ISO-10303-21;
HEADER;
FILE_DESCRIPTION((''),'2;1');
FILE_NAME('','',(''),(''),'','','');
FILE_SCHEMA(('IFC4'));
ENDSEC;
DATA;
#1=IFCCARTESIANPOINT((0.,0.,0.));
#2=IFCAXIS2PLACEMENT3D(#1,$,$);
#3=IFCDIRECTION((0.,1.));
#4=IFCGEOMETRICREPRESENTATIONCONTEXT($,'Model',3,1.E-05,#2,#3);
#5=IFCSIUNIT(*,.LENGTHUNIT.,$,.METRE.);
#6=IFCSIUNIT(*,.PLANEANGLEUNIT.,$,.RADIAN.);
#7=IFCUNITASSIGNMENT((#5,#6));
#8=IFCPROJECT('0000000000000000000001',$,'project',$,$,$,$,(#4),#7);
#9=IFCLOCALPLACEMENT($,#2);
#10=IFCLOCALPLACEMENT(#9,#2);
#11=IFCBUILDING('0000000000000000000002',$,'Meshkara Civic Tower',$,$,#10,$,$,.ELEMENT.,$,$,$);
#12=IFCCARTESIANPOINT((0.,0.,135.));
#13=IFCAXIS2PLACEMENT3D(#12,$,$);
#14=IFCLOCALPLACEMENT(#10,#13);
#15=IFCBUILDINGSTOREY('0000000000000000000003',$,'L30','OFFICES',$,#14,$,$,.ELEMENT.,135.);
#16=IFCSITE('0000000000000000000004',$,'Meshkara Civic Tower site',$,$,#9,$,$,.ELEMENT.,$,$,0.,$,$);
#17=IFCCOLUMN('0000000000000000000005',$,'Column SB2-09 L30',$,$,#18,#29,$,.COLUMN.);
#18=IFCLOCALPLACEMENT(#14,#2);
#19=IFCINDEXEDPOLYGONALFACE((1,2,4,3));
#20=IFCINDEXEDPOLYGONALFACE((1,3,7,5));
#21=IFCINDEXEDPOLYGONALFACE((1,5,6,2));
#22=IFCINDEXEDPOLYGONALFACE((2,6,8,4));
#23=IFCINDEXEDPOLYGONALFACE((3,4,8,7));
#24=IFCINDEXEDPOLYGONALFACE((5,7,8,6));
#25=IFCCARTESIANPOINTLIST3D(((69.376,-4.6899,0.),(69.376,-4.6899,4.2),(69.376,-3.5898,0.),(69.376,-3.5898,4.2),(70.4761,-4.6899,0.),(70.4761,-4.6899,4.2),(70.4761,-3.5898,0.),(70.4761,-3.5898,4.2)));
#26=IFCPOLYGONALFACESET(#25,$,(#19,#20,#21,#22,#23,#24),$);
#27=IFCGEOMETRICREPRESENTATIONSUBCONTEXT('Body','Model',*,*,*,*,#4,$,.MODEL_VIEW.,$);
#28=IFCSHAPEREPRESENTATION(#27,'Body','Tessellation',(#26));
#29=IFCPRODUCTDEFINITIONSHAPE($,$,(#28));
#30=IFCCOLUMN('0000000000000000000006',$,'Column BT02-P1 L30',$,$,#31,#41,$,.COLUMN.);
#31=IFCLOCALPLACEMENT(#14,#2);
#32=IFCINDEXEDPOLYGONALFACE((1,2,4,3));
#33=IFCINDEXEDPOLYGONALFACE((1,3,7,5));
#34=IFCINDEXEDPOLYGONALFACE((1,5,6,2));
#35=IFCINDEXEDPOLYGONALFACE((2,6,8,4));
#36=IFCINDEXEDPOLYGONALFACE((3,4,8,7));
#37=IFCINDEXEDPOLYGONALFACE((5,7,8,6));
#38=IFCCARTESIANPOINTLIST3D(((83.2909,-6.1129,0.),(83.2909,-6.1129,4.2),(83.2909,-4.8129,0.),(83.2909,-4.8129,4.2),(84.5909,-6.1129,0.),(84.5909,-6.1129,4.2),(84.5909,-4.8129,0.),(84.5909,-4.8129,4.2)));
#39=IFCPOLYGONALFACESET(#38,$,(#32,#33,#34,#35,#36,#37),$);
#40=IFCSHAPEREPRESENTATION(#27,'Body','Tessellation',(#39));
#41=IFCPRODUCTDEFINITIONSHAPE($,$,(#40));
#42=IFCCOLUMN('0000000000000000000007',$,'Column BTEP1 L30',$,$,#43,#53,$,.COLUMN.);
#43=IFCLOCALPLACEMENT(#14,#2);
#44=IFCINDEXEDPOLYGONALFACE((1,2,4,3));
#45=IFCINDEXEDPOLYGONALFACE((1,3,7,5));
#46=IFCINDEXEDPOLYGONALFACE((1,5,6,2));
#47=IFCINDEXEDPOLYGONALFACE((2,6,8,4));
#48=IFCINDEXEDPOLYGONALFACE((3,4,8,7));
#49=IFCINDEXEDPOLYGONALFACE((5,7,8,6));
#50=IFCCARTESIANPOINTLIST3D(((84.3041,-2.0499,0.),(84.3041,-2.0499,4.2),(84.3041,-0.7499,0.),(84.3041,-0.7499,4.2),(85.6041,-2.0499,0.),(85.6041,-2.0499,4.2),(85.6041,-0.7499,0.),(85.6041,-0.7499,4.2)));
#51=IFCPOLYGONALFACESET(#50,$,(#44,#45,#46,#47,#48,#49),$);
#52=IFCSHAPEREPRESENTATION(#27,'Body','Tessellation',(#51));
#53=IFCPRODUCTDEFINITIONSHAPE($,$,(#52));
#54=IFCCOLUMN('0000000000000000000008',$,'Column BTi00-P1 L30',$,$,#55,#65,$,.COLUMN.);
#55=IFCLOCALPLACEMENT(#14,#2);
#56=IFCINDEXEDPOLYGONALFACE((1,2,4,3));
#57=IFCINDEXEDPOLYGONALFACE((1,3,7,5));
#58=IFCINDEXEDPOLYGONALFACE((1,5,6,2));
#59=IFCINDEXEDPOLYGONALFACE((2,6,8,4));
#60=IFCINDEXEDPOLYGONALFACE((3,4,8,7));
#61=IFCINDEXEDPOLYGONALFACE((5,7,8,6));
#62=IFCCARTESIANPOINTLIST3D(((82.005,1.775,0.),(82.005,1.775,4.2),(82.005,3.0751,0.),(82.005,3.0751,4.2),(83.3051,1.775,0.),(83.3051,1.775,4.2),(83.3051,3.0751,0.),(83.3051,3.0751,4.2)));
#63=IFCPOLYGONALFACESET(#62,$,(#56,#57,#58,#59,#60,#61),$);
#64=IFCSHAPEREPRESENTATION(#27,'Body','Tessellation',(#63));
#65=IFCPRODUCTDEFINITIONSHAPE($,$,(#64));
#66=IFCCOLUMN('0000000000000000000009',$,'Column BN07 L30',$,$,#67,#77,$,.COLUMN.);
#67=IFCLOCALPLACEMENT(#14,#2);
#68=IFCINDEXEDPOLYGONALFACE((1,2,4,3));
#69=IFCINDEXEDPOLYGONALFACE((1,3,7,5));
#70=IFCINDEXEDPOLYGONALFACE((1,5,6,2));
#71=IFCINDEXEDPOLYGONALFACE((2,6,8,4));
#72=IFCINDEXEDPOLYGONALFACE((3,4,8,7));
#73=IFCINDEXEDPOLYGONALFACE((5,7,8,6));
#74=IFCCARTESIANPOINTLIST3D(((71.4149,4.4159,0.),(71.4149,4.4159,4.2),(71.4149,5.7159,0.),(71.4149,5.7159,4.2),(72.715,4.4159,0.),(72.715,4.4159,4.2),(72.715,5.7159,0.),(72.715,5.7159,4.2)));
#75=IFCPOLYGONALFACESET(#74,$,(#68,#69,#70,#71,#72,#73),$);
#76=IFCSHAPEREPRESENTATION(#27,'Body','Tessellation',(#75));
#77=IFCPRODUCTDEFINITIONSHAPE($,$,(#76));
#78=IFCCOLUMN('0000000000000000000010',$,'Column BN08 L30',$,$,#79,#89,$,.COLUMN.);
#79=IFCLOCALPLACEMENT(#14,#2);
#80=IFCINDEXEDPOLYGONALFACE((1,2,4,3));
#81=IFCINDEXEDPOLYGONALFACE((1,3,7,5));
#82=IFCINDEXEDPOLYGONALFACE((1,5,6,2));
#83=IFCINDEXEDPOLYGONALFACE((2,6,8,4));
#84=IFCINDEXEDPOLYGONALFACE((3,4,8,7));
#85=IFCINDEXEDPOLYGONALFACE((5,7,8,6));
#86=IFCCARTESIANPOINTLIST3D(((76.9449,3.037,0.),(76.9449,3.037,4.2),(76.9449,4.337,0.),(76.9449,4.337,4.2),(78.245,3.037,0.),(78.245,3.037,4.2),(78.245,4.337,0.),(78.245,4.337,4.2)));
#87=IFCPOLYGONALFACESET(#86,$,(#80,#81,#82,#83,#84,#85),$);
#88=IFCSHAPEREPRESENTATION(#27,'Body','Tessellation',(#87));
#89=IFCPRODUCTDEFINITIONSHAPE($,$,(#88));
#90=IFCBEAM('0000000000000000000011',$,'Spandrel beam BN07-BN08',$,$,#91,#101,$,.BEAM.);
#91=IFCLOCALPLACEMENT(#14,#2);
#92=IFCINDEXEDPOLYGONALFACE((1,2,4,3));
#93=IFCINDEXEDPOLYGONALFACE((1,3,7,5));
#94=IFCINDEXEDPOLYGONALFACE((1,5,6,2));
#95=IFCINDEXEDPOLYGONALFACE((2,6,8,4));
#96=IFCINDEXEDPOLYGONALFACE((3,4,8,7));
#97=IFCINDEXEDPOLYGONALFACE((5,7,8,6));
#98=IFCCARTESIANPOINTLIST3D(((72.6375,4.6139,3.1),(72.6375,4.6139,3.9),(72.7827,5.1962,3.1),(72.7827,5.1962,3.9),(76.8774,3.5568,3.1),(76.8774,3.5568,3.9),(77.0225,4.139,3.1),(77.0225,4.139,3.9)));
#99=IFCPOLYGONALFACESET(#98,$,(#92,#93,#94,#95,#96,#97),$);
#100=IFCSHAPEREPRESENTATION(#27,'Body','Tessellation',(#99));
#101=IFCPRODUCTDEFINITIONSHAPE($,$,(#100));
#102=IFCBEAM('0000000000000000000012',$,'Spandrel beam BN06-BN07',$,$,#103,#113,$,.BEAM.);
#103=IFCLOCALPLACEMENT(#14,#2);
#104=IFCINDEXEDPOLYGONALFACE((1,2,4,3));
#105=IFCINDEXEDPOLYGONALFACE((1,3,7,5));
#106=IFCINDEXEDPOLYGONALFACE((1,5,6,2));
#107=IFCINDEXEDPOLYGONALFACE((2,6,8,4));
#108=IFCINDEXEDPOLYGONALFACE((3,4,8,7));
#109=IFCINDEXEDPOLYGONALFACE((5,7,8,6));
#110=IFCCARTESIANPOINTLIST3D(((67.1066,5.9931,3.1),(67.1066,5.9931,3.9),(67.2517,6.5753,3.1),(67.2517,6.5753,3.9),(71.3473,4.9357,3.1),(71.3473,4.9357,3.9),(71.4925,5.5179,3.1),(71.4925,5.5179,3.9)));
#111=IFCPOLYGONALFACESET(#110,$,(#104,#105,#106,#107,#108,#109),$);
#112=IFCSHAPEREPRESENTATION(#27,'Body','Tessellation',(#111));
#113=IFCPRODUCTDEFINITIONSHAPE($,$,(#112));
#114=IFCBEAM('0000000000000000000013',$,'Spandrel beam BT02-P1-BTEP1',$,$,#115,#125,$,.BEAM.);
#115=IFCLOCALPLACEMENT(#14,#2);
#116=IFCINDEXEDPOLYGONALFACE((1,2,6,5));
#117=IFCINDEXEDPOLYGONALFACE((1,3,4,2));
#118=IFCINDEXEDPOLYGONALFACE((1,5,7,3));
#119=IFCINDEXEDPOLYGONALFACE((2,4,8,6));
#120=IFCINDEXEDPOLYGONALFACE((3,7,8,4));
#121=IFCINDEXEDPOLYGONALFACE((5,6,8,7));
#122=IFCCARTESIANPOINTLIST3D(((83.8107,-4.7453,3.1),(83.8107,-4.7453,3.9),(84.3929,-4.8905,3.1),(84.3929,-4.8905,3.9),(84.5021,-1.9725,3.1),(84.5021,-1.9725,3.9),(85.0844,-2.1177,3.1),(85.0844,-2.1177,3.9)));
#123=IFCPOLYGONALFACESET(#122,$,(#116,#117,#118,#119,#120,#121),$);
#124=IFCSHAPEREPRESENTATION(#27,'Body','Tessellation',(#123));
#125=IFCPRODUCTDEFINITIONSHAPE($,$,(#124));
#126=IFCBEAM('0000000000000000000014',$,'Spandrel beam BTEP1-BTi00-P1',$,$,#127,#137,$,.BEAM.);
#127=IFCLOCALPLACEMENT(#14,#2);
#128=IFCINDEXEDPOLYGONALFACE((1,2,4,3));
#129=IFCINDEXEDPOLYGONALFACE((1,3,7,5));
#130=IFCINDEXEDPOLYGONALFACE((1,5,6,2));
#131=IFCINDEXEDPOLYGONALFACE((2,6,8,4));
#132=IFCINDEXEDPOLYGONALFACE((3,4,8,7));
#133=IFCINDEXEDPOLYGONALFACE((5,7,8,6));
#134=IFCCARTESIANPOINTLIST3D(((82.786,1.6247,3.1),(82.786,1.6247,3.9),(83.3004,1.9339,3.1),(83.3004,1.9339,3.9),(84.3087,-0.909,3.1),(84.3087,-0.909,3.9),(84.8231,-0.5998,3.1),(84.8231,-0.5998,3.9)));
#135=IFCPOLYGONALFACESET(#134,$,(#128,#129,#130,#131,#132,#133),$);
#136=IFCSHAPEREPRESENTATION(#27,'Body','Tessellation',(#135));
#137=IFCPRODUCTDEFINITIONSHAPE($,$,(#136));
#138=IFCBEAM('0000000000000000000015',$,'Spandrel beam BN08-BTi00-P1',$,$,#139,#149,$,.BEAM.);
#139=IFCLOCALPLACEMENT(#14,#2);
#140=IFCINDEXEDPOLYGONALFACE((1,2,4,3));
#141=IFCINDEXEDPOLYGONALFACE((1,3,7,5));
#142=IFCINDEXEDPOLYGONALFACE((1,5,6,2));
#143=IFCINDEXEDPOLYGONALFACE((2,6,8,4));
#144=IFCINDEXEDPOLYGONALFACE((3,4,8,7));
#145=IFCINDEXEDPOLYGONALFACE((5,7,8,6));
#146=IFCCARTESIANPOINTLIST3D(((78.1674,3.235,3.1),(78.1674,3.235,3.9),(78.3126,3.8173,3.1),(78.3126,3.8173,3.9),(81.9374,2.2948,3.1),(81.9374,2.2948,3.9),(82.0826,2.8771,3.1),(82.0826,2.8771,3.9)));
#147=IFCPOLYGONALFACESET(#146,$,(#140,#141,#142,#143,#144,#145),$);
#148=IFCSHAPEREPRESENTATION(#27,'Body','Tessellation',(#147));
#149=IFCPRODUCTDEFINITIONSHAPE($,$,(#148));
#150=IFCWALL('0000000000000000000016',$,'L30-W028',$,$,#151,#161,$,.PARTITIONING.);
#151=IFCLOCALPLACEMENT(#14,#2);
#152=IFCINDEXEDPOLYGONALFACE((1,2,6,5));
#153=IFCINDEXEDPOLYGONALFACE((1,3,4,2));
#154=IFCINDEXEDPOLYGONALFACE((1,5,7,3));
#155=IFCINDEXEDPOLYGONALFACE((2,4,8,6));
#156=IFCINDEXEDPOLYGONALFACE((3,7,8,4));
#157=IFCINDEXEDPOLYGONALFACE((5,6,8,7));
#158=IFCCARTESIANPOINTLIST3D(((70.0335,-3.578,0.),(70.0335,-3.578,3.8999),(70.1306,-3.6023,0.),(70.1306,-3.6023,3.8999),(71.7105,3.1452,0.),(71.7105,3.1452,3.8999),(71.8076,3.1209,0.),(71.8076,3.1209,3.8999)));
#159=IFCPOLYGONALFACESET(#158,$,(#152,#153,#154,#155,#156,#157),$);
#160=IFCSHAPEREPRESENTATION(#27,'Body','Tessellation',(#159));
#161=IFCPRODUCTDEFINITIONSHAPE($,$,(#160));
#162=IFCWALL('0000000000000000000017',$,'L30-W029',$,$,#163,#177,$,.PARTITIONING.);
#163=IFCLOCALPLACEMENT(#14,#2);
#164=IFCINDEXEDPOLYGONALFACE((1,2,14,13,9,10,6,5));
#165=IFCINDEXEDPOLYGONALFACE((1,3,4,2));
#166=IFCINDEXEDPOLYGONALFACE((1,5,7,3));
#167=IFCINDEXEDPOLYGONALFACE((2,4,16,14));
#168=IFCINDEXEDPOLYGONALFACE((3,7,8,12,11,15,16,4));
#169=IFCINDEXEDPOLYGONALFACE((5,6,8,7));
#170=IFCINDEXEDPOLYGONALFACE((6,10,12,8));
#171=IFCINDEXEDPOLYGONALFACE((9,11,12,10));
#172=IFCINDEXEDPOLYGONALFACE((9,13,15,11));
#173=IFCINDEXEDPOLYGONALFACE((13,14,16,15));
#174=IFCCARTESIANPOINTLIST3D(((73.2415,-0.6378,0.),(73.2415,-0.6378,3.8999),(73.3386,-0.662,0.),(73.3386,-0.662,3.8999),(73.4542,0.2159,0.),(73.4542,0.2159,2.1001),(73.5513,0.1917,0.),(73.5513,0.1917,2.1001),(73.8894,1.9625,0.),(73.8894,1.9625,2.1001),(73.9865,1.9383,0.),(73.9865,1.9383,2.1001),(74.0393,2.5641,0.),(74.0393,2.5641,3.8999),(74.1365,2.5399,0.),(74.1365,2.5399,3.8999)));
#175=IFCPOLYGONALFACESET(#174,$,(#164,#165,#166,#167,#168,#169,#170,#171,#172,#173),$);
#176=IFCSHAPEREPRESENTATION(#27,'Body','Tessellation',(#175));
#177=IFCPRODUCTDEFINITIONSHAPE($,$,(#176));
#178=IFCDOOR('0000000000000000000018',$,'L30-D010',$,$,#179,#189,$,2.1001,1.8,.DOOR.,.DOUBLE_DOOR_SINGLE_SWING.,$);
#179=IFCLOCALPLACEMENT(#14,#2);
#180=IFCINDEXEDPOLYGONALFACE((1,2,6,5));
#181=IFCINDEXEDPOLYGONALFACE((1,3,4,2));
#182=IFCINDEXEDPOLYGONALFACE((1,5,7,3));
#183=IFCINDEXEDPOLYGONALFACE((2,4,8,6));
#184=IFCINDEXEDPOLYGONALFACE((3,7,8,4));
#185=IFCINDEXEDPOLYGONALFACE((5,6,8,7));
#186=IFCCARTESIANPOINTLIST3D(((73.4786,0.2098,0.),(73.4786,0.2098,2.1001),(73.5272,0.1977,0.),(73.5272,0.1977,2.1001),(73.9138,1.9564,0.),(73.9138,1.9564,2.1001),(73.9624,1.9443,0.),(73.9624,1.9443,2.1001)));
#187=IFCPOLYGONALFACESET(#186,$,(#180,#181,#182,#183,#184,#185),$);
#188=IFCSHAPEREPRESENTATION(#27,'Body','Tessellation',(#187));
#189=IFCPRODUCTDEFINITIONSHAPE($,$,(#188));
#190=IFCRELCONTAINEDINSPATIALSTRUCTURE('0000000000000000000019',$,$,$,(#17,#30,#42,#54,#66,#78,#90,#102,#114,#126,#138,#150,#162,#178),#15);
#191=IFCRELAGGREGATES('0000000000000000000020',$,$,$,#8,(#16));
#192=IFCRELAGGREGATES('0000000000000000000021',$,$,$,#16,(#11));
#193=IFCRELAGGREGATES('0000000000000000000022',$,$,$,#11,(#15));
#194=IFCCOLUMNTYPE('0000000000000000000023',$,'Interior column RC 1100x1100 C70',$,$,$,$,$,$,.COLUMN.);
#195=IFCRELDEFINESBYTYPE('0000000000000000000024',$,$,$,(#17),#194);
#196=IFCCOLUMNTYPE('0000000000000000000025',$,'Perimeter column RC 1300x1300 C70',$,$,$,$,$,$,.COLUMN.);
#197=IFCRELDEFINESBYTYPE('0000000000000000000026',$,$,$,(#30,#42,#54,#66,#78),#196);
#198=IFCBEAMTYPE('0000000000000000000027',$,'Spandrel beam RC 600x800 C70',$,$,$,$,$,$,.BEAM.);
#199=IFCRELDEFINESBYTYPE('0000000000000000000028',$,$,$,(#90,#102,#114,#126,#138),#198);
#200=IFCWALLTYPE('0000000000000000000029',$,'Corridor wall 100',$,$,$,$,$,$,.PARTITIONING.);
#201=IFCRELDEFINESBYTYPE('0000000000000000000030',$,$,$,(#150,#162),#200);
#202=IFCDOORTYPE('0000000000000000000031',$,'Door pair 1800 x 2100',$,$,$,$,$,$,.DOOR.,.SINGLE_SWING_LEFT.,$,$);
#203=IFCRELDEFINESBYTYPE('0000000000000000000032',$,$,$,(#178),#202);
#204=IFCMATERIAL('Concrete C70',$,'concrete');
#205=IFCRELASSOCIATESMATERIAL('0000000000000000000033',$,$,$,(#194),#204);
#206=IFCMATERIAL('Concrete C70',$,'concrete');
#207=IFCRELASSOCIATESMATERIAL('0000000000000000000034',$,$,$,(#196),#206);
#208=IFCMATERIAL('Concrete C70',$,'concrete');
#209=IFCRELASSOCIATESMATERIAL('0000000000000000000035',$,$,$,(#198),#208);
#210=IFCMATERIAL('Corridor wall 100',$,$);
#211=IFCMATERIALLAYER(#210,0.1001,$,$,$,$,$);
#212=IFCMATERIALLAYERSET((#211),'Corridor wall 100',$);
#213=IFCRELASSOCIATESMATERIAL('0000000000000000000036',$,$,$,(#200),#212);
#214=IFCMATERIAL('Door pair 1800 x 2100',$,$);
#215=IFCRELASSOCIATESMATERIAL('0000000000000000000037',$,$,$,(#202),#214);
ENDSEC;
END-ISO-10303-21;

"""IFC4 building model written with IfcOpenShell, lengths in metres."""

from ifc_helpers import new_model, si_unit, direction, frame, frame_2d, origin, origin_2d, place, context, subcontext, project, spatial, rectangle, extrude, material, layer, layer_set, material_profile, profile_set, type_object, element, fill, save


model = new_model("IFC4")

# Units and contexts
model_context = context("Model", 3, precision=1e-05, world=origin(), true_north=direction((0.0, 1.0)))
body_context = subcontext(model_context, "Body", "Model", "MODEL_VIEW")
ifc_project = project(units=[si_unit("LENGTHUNIT", "METRE"), si_unit("PLANEANGLEUNIT", "RADIAN")], contexts=[model_context])

# Site, building, storey
site_placement = place(None, origin())
site = spatial("IfcSite", under=ifc_project, at=site_placement, Name="Meshkara Civic Tower site", CompositionType="ELEMENT", RefElevation=0.0)
building_placement = place(site_placement, origin())
building = spatial("IfcBuilding", under=site, at=building_placement, Name="Meshkara Civic Tower", CompositionType="ELEMENT")
storey_placement = place(building_placement, frame((0.0, 0.0, 135.0)))
storey = spatial("IfcBuildingStorey", under=building, at=storey_placement, Name="L30", Description="OFFICES", CompositionType="ELEMENT", Elevation=135.0)

# Columns
ifc_material_1 = material(Name="Concrete C70", Category="concrete")
ifc_material_profile_1 = material_profile(ifc_material_1, rectangle(XDim=1.1001, YDim=1.1001, at=origin_2d()))
ifc_profile_set_1 = profile_set([ifc_material_profile_1], Name="Concrete C70")
column_type_1 = type_object("IfcColumnType", Name="Interior column RC 1100x1100 C70", PredefinedType="COLUMN", material=ifc_profile_set_1)
column_placement = place(storey_placement, frame((69.926, -4.1399, 0.0), z_axis=(0.0, 0.0, 1.0), x_axis=(1.0, 0.0, 0.0)))
element("IfcColumn", 1, at=column_placement, inside=storey, type_object=column_type_1, Name="Column SB2-09 L30", PredefinedType="COLUMN", context=body_context, shape_type="SweptSolid", body=[
    extrude(rectangle(XDim=1.1001, YDim=1.1001, at=origin_2d()), origin(), (0.0, 0.0, 1.0), 4.2),
])
ifc_material_2 = material(Name="Concrete C70", Category="concrete")
ifc_material_profile_2 = material_profile(ifc_material_2, rectangle(XDim=1.3, YDim=1.3, at=origin_2d()))
ifc_profile_set_2 = profile_set([ifc_material_profile_2], Name="Concrete C70")
column_type_2 = type_object("IfcColumnType", Name="Perimeter column RC 1300x1300 C70", PredefinedType="COLUMN", material=ifc_profile_set_2)
for number, where, z_axis, x_axis, name in (
    (2, (83.9409, -5.4629, 0.0), (0.0, 0.0, 1.0), (1.0, 0.0, 0.0), "Column BT02-P1 L30"),
    (3, (84.9541, -1.3999, 0.0), (0.0, 0.0, 1.0), (1.0, 0.0, 0.0), "Column BTEP1 L30"),
    (4, (82.655, 2.425, 0.0), (0.0, 0.0, 1.0), (1.0, 0.0, 0.0), "Column BTi00-P1 L30"),
    (5, (72.0649, 5.0659, 0.0), (0.0, 0.0, 1.0), (1.0, 0.0, 0.0), "Column BN07 L30"),
    (6, (77.595, 3.687, 0.0), (0.0, 0.0, 1.0), (1.0, 0.0, 0.0), "Column BN08 L30"),
):
    element("IfcColumn", number, at=place(storey_placement, frame(where, z_axis=z_axis, x_axis=x_axis)), inside=storey, type_object=column_type_2, Name=name, PredefinedType="COLUMN", context=body_context, shape_type="SweptSolid", body=[
        extrude(rectangle(XDim=1.3, YDim=1.3, at=origin_2d()), origin(), (0.0, 0.0, 1.0), 4.2),
    ])

# Beams
ifc_material_3 = material(Name="Concrete C70", Category="concrete")
ifc_material_profile_3 = material_profile(ifc_material_3, rectangle(XDim=0.6001, YDim=0.8, at=origin_2d()))
ifc_profile_set_3 = profile_set([ifc_material_profile_3], Name="Concrete C70")
beam_type = type_object("IfcBeamType", Name="Spandrel beam RC 600x800 C70", PredefinedType="BEAM", material=ifc_profile_set_3)
beam_1_placement = place(storey_placement, frame((76.95, 3.8479, 3.5), z_axis=(-0.970293, 0.241931, 0.0), x_axis=(-0.241931, -0.970293, 0.0)))
element("IfcBeam", 7, at=beam_1_placement, inside=storey, type_object=beam_type, Name="Spandrel beam BN07-BN08", PredefinedType="BEAM", context=body_context, shape_type="SweptSolid", body=[
    extrude(rectangle(XDim=0.6001, YDim=0.8, at=origin_2d()), origin(), (0.0, 0.0, 1.0), 4.3696),
])
beam_2_placement = place(storey_placement, frame((71.4199, 5.2268, 3.5), z_axis=(-0.970293, 0.241931, 0.0), x_axis=(-0.241931, -0.970293, 0.0)))
element("IfcBeam", 8, at=beam_2_placement, inside=storey, type_object=beam_type, Name="Spandrel beam BN06-BN07", PredefinedType="BEAM", context=body_context, shape_type="SweptSolid", body=[
    extrude(rectangle(XDim=0.6001, YDim=0.8, at=origin_2d()), origin(), (0.0, 0.0, 1.0), 4.3706),
])
beam_3_placement = place(storey_placement, frame((84.1018, -4.8179, 3.5), z_axis=(0.241953, 0.970288, 0.0), x_axis=(-0.970288, 0.241953, 0.0)))
element("IfcBeam", 9, at=beam_3_placement, inside=storey, type_object=beam_type, Name="Spandrel beam BT02-P1-BTEP1", PredefinedType="BEAM", context=body_context, shape_type="SweptSolid", body=[
    extrude(rectangle(XDim=0.6001, YDim=0.8, at=origin_2d()), origin(), (0.0, 0.0, 1.0), 2.8577),
])
beam_4_placement = place(storey_placement, frame((84.5659, -0.7544, 3.5), z_axis=(-0.515115, 0.857121, 0.0), x_axis=(-0.857121, -0.515115, 0.0)))
element("IfcBeam", 10, at=beam_4_placement, inside=storey, type_object=beam_type, Name="Spandrel beam BTEP1-BTi00-P1", PredefinedType="BEAM", context=body_context, shape_type="SweptSolid", body=[
    extrude(rectangle(XDim=0.6001, YDim=0.8, at=origin_2d()), origin(), (0.0, 0.0, 1.0), 2.9561),
])
beam_5_placement = place(storey_placement, frame((82.01, 2.5859, 3.5), z_axis=(-0.970283, 0.241974, 0.0), x_axis=(-0.241974, -0.970283, 0.0)))
element("IfcBeam", 11, at=beam_5_placement, inside=storey, type_object=beam_type, Name="Spandrel beam BN08-BTi00-P1", PredefinedType="BEAM", context=body_context, shape_type="SweptSolid", body=[
    extrude(rectangle(XDim=0.6001, YDim=0.8, at=origin_2d()), origin(), (0.0, 0.0, 1.0), 3.8855),
])

# Wall
ifc_material_4 = material(Name="Corridor wall 100")
ifc_layer_1 = layer(ifc_material_4, 0.1001)
ifc_layer_set_1 = layer_set([ifc_layer_1], Name="Corridor wall 100")
wall_type_1 = type_object("IfcWallType", Name="Corridor wall 100", PredefinedType="PARTITIONING", material=ifc_layer_set_1)
wall_1_placement = place(storey_placement, frame((71.759, 3.1331, 0.0), z_axis=(0.0, 0.0, 1.0), x_axis=(-0.242022, -0.970271, 0.0)))
element("IfcWall", 12, at=wall_1_placement, inside=storey, type_object=wall_type_1, Name="L30-W028", PredefinedType="PARTITIONING", context=body_context, shape_type="SweptSolid", body=[
    extrude(rectangle(XDim=6.9292, YDim=0.1001, at=frame_2d((3.4646, 0.0))), origin(), (0.0, 0.0, 1.0), 3.8999),
])

# Wall, opening, door
wall_2_placement = place(storey_placement, frame((73.29, -0.6499, 0.0), z_axis=(0.0, 0.0, 1.0), x_axis=(0.241787, 0.970329, 0.0)))
wall_2 = element("IfcWall", 13, at=wall_2_placement, inside=storey, type_object=wall_type_1, Name="L30-W029", PredefinedType="PARTITIONING", context=body_context, shape_type="SweptSolid", body=[
    extrude(rectangle(XDim=3.2998, YDim=0.1001, at=frame_2d((1.6499, 0.0))), origin(), (0.0, 0.0, 1.0), 3.8999),
])
opening_1_placement = place(wall_2_placement, frame((0.8799, 0.0, 0.0)))
opening_1 = element("IfcOpeningElement", 14, at=opening_1_placement, cuts=wall_2, PredefinedType="OPENING", context=body_context, shape_type="SweptSolid", body=[
    extrude(rectangle(XDim=1.8, YDim=2.1001, at=frame_2d((0.8999, 1.05))), frame((0.0, 0.0601, 0.0), z_axis=(0.0, -1.0, 0.0), x_axis=(1.0, 0.0, 0.0)), (0.0, 0.0, 1.0), 0.1201),
])
ifc_material_5 = material(Name="Door pair 1800 x 2100")
door_type = type_object("IfcDoorType", Name="Door pair 1800 x 2100", OperationType="SINGLE_SWING_LEFT", PredefinedType="DOOR", material=ifc_material_5)
door_placement = place(opening_1_placement, origin())
door = element("IfcDoor", 15, at=door_placement, inside=storey, type_object=door_type, Name="L30-D010", OperationType="DOUBLE_DOOR_SINGLE_SWING", OverallHeight=2.1001, OverallWidth=1.8, PredefinedType="DOOR", context=body_context, shape_type="SweptSolid", body=[
    extrude(rectangle(XDim=1.8, YDim=2.1001, at=frame_2d((0.8999, 1.05))), frame((0.0, 0.0249, 0.0), z_axis=(0.0, -1.0, 0.0), x_axis=(1.0, 0.0, 0.0)), (0.0, 0.0, 1.0), 0.05),
])
fill(opening_1, door)

save(model, "model.ifc")
